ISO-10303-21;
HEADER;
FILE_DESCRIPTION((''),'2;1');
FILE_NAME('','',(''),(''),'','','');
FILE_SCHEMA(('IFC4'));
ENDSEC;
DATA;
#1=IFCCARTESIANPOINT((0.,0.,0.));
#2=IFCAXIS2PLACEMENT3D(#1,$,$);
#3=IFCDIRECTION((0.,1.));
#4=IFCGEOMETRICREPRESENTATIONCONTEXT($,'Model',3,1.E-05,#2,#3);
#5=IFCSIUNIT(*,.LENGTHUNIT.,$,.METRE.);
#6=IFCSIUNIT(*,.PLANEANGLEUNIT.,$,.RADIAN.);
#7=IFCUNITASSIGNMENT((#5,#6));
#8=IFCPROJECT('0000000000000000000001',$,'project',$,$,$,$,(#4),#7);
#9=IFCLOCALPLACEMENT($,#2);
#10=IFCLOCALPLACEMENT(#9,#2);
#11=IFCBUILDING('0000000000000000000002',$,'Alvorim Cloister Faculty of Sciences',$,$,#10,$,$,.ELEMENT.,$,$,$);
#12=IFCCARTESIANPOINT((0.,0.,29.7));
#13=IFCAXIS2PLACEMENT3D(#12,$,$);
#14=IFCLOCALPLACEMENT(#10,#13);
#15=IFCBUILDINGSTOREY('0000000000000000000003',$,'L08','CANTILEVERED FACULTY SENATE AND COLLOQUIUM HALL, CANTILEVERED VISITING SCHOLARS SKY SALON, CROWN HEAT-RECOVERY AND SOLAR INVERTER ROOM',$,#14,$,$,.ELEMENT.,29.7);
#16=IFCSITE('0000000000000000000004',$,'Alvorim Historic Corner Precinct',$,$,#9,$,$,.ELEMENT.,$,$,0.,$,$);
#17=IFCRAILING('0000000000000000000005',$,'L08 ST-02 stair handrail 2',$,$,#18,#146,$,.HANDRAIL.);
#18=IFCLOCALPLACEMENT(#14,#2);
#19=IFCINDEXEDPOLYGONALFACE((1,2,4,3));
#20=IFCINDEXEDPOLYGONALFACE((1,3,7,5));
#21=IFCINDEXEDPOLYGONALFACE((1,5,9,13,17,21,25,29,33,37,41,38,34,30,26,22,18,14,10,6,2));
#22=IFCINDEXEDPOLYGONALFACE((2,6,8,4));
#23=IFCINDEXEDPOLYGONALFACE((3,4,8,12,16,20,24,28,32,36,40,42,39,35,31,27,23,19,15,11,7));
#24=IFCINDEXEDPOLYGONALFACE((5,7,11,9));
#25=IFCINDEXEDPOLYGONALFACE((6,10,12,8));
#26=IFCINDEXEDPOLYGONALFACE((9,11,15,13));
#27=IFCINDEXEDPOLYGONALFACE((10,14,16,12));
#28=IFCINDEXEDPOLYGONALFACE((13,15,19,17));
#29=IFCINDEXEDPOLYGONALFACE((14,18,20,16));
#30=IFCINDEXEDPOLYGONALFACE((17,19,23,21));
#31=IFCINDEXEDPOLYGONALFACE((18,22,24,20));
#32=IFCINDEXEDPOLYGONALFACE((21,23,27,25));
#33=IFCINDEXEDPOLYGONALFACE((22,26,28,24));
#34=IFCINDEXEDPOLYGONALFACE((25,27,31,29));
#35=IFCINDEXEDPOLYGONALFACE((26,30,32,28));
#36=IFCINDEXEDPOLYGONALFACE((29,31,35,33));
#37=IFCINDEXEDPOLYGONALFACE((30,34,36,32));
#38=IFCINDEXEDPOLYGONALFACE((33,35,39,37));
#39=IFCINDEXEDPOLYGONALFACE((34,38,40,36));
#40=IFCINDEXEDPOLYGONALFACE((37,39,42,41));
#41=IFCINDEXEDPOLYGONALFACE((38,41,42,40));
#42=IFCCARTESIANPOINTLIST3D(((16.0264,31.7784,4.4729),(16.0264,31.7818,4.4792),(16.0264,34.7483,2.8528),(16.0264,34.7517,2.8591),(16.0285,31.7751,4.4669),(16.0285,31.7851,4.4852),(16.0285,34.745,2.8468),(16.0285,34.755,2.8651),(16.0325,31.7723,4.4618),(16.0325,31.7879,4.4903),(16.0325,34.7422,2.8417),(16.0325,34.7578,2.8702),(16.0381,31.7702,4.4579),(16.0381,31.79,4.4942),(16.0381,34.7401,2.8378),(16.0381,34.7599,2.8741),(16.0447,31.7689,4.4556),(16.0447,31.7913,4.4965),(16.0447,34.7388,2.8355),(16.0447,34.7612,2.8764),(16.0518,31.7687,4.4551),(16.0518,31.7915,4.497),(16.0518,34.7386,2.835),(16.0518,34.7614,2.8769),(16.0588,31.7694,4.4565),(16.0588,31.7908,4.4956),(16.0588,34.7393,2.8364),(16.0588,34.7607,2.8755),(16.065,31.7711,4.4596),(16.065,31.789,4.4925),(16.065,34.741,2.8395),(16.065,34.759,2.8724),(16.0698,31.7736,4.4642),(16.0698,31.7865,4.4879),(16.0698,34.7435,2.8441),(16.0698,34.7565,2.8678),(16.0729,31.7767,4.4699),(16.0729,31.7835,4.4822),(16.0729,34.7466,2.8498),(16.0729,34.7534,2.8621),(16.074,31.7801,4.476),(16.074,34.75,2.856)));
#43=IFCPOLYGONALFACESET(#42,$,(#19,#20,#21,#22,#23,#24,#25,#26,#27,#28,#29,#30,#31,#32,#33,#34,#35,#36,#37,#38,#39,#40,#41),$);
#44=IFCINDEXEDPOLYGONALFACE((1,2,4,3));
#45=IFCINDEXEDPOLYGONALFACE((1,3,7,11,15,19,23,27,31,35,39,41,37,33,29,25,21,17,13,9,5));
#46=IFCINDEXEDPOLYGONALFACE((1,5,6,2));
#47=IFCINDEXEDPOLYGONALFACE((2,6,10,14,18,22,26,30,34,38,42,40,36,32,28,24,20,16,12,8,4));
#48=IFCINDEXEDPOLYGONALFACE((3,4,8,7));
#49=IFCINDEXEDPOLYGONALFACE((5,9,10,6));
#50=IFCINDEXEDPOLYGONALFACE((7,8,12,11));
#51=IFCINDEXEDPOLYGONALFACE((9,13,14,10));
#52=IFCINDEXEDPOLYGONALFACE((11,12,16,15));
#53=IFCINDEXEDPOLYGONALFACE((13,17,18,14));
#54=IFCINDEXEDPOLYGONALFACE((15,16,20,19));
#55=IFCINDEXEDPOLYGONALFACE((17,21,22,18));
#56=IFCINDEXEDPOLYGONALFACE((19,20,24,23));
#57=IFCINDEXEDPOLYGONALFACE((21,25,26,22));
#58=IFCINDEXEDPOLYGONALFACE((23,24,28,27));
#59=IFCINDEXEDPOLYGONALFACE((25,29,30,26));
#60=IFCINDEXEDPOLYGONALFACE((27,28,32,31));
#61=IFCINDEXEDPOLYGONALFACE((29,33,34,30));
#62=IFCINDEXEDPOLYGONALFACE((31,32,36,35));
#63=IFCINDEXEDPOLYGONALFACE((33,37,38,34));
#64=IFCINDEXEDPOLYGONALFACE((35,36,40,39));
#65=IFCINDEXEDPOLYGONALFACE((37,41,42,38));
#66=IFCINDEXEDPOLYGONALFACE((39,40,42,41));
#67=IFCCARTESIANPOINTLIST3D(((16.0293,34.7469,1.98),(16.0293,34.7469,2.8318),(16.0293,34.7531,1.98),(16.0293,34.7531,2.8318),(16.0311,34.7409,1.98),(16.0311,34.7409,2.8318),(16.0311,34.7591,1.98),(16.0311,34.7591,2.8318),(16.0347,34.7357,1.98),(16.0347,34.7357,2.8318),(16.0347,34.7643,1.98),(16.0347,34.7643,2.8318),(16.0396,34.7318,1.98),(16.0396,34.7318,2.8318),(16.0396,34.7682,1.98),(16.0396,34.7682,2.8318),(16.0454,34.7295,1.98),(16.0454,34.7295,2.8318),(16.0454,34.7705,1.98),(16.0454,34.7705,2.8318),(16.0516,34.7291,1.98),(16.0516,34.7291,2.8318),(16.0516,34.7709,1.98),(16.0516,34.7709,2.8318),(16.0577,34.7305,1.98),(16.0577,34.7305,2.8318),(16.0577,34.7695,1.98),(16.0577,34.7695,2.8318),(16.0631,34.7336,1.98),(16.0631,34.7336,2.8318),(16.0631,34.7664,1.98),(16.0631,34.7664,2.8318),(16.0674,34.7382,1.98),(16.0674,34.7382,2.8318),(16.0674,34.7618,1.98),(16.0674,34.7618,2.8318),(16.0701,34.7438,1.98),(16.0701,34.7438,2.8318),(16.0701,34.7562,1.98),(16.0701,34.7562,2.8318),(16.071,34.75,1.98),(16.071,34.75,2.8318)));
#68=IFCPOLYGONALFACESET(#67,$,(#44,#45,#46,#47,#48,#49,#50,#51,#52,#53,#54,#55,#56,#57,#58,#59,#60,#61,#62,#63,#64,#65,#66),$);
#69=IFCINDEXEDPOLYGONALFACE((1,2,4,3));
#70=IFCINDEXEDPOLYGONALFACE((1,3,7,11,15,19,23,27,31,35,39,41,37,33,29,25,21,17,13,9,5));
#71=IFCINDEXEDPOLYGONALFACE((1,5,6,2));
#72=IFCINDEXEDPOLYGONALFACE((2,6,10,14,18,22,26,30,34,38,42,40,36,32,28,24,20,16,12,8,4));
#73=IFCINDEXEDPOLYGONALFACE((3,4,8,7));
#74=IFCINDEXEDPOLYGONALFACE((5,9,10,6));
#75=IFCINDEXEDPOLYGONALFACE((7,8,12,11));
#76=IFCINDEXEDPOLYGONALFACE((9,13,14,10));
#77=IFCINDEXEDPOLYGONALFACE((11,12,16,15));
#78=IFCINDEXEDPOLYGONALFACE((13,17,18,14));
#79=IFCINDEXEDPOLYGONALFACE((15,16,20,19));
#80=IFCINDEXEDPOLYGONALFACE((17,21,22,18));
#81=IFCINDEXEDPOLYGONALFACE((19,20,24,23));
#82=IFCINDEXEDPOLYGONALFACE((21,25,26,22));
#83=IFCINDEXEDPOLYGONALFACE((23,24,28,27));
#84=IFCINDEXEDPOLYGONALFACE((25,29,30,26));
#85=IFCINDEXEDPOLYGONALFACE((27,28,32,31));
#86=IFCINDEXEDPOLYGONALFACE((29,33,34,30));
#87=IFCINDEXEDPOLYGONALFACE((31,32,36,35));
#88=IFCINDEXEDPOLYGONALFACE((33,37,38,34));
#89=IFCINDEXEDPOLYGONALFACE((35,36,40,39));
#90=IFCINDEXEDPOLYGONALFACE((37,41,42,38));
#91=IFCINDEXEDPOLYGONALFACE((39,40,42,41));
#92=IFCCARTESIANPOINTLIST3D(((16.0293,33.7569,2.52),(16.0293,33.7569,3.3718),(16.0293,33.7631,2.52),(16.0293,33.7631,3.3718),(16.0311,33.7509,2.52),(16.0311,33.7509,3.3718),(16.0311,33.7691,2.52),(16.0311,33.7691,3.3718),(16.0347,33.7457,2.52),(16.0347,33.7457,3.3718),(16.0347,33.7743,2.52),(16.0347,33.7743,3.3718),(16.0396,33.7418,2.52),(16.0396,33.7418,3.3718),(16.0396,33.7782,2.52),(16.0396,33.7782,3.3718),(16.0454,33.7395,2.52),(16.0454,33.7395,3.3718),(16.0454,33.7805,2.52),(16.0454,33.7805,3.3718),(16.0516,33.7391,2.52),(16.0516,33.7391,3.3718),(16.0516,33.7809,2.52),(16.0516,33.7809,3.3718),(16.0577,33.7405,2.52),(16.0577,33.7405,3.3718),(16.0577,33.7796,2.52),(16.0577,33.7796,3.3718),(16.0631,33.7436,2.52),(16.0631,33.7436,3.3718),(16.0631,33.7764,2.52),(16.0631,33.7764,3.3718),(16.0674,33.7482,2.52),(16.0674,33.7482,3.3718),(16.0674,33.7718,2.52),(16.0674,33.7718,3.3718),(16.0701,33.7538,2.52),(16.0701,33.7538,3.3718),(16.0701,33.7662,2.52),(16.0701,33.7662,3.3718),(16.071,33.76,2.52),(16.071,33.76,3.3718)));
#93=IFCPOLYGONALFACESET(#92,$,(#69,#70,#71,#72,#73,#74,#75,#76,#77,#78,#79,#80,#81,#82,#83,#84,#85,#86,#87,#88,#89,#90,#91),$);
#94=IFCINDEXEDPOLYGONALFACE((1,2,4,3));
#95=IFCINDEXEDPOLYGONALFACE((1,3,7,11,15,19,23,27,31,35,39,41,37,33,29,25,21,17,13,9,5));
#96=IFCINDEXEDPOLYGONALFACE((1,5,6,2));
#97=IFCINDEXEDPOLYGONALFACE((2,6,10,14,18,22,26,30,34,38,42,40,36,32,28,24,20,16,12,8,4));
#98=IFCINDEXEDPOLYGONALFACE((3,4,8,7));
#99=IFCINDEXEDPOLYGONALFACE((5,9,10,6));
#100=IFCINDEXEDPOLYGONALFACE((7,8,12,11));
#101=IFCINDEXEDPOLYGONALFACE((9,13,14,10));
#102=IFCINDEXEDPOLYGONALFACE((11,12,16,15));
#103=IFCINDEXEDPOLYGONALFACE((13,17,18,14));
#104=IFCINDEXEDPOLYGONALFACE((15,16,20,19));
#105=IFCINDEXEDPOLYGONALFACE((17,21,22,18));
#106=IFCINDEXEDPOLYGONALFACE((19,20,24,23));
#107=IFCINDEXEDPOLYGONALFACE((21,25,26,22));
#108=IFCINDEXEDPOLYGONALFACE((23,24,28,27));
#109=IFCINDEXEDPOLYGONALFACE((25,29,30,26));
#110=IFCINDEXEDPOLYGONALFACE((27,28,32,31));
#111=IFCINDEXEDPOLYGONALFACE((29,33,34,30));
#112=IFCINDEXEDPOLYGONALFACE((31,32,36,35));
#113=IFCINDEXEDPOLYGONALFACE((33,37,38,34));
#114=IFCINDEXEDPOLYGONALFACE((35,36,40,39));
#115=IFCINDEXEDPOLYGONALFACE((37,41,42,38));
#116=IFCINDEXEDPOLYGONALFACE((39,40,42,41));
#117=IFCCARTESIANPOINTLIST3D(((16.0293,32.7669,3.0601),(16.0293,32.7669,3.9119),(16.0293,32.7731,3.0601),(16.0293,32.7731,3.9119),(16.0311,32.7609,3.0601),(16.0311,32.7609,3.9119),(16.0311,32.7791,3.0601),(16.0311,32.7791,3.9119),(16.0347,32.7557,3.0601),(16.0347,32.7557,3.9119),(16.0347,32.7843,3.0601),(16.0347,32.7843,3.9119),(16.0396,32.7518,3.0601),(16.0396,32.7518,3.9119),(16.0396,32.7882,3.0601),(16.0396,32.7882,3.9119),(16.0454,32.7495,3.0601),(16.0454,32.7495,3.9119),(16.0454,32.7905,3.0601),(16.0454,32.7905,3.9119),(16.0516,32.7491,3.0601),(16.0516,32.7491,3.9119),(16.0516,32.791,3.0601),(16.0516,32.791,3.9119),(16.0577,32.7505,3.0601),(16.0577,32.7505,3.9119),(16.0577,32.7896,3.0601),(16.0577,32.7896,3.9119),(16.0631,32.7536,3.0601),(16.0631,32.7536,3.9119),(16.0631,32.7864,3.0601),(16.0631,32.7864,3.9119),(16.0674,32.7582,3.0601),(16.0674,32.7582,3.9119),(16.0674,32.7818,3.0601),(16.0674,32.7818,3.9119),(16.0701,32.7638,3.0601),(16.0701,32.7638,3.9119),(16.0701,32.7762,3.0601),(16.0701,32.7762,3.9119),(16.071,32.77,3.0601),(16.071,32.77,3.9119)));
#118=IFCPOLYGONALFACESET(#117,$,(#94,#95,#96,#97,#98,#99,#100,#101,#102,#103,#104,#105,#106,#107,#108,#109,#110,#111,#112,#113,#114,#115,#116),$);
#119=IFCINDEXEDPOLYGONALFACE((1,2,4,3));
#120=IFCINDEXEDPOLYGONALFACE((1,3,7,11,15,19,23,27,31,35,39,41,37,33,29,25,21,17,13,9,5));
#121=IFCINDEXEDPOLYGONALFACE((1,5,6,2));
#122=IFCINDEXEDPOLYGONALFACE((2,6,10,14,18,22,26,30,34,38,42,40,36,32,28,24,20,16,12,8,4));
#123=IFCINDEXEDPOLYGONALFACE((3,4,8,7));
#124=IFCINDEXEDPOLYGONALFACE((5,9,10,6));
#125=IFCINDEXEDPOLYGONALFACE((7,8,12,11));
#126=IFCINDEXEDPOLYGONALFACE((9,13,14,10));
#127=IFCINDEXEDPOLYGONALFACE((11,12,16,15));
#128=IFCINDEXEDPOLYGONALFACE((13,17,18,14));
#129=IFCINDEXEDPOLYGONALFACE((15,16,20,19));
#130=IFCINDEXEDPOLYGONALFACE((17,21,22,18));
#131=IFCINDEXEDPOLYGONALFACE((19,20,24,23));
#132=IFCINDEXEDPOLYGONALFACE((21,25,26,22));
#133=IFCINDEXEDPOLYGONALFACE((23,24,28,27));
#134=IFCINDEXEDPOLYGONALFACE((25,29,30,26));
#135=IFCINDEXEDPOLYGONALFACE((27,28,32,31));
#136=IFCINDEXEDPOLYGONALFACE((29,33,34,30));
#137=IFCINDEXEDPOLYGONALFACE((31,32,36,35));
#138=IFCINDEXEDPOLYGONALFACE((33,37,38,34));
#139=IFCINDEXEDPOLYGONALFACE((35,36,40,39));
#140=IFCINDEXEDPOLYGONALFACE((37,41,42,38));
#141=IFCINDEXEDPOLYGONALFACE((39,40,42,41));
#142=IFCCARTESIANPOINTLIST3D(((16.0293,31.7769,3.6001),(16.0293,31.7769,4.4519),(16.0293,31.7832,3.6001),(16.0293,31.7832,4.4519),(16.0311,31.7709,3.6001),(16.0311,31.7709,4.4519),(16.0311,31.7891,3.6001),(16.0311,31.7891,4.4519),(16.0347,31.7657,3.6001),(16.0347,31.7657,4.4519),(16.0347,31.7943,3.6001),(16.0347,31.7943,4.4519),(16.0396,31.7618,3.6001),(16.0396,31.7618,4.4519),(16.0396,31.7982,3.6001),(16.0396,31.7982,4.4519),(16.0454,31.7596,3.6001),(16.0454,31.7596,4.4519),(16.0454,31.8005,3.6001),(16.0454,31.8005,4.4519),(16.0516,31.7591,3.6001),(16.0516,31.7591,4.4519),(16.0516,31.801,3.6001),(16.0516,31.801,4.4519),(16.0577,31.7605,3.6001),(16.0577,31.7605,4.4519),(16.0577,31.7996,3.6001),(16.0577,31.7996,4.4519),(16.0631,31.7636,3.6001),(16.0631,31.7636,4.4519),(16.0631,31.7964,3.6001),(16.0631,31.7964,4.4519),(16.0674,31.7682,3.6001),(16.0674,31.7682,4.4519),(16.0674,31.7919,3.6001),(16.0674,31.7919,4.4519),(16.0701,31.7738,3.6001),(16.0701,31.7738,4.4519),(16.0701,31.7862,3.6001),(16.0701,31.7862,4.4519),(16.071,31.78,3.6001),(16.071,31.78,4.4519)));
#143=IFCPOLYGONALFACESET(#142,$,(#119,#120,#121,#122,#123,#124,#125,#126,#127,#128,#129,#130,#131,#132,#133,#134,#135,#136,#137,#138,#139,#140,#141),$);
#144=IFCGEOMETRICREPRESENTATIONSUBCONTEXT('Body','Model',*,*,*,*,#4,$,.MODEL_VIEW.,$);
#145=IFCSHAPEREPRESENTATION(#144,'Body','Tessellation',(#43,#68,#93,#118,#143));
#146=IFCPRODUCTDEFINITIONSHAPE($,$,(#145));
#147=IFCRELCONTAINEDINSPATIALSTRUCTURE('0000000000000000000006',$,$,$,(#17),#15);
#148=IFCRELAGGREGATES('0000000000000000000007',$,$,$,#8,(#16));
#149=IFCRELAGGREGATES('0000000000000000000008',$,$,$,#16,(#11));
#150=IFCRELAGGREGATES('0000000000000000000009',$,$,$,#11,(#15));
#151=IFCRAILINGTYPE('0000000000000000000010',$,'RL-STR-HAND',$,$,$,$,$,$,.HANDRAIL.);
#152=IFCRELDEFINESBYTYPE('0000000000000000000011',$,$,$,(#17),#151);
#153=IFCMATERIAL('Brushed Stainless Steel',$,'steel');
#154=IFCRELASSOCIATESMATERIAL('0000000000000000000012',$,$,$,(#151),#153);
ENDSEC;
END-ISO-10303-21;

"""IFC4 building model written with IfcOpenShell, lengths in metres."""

from ifc_helpers import new_model, si_unit, direction, frame, origin, origin_2d, place, context, subcontext, project, spatial, circle, extrude, material, type_object, element, save


model = new_model("IFC4")

# Units and contexts
model_context = context("Model", 3, precision=1e-05, world=origin(), true_north=direction((0.0, 1.0)))
body_context = subcontext(model_context, "Body", "Model", "MODEL_VIEW")
ifc_project = project(units=[si_unit("LENGTHUNIT", "METRE"), si_unit("PLANEANGLEUNIT", "RADIAN")], contexts=[model_context])

# Site, building, storey
site_placement = place(None, origin())
site = spatial("IfcSite", under=ifc_project, at=site_placement, Name="Alvorim Historic Corner Precinct", CompositionType="ELEMENT", RefElevation=0.0)
building_placement = place(site_placement, origin())
building = spatial("IfcBuilding", under=site, at=building_placement, Name="Alvorim Cloister Faculty of Sciences", CompositionType="ELEMENT")
storey_placement = place(building_placement, frame((0.0, 0.0, 29.7)))
storey = spatial("IfcBuildingStorey", under=building, at=storey_placement, Name="L08", Description="CANTILEVERED FACULTY SENATE AND COLLOQUIUM HALL, CANTILEVERED VISITING SCHOLARS SKY SALON, CROWN HEAT-RECOVERY AND SOLAR INVERTER ROOM", CompositionType="ELEMENT", Elevation=29.7)

# Shared definitions
ifc_material_1 = material(Name="Brushed Stainless Steel", Category="steel")

# Railing
railing_type = type_object("IfcRailingType", Name="RL-STR-HAND", PredefinedType="HANDRAIL", material=ifc_material_1)
railing_placement = place(storey_placement, frame((16.05, 34.75, 1.98)))
element("IfcRailing", 1, at=railing_placement, inside=storey, type_object=railing_type, Name="L08 ST-02 stair handrail 2", PredefinedType="HANDRAIL", context=body_context, shape_type="SweptSolid", body=[
    extrude(circle(Radius=0.0239, at=origin_2d()), frame((0.0, 0.0, 0.876), z_axis=(0.0, -0.877879, 0.478882), x_axis=(1.0, 0.0, 0.0)), (0.0, 0.0, 1.0), 3.3831),
    extrude(circle(Radius=0.021, at=origin_2d()), origin(), (0.0, 0.0, 1.0), 0.8518),
    extrude(circle(Radius=0.021, at=origin_2d()), frame((0.0, -0.99, 0.54)), (0.0, 0.0, 1.0), 0.8518),
    extrude(circle(Radius=0.021, at=origin_2d()), frame((0.0, -1.98, 1.0801)), (0.0, 0.0, 1.0), 0.8518),
    extrude(circle(Radius=0.021, at=origin_2d()), frame((0.0, -2.97, 1.6201)), (0.0, 0.0, 1.0), 0.8518),
])

save(model, "model.ifc")
